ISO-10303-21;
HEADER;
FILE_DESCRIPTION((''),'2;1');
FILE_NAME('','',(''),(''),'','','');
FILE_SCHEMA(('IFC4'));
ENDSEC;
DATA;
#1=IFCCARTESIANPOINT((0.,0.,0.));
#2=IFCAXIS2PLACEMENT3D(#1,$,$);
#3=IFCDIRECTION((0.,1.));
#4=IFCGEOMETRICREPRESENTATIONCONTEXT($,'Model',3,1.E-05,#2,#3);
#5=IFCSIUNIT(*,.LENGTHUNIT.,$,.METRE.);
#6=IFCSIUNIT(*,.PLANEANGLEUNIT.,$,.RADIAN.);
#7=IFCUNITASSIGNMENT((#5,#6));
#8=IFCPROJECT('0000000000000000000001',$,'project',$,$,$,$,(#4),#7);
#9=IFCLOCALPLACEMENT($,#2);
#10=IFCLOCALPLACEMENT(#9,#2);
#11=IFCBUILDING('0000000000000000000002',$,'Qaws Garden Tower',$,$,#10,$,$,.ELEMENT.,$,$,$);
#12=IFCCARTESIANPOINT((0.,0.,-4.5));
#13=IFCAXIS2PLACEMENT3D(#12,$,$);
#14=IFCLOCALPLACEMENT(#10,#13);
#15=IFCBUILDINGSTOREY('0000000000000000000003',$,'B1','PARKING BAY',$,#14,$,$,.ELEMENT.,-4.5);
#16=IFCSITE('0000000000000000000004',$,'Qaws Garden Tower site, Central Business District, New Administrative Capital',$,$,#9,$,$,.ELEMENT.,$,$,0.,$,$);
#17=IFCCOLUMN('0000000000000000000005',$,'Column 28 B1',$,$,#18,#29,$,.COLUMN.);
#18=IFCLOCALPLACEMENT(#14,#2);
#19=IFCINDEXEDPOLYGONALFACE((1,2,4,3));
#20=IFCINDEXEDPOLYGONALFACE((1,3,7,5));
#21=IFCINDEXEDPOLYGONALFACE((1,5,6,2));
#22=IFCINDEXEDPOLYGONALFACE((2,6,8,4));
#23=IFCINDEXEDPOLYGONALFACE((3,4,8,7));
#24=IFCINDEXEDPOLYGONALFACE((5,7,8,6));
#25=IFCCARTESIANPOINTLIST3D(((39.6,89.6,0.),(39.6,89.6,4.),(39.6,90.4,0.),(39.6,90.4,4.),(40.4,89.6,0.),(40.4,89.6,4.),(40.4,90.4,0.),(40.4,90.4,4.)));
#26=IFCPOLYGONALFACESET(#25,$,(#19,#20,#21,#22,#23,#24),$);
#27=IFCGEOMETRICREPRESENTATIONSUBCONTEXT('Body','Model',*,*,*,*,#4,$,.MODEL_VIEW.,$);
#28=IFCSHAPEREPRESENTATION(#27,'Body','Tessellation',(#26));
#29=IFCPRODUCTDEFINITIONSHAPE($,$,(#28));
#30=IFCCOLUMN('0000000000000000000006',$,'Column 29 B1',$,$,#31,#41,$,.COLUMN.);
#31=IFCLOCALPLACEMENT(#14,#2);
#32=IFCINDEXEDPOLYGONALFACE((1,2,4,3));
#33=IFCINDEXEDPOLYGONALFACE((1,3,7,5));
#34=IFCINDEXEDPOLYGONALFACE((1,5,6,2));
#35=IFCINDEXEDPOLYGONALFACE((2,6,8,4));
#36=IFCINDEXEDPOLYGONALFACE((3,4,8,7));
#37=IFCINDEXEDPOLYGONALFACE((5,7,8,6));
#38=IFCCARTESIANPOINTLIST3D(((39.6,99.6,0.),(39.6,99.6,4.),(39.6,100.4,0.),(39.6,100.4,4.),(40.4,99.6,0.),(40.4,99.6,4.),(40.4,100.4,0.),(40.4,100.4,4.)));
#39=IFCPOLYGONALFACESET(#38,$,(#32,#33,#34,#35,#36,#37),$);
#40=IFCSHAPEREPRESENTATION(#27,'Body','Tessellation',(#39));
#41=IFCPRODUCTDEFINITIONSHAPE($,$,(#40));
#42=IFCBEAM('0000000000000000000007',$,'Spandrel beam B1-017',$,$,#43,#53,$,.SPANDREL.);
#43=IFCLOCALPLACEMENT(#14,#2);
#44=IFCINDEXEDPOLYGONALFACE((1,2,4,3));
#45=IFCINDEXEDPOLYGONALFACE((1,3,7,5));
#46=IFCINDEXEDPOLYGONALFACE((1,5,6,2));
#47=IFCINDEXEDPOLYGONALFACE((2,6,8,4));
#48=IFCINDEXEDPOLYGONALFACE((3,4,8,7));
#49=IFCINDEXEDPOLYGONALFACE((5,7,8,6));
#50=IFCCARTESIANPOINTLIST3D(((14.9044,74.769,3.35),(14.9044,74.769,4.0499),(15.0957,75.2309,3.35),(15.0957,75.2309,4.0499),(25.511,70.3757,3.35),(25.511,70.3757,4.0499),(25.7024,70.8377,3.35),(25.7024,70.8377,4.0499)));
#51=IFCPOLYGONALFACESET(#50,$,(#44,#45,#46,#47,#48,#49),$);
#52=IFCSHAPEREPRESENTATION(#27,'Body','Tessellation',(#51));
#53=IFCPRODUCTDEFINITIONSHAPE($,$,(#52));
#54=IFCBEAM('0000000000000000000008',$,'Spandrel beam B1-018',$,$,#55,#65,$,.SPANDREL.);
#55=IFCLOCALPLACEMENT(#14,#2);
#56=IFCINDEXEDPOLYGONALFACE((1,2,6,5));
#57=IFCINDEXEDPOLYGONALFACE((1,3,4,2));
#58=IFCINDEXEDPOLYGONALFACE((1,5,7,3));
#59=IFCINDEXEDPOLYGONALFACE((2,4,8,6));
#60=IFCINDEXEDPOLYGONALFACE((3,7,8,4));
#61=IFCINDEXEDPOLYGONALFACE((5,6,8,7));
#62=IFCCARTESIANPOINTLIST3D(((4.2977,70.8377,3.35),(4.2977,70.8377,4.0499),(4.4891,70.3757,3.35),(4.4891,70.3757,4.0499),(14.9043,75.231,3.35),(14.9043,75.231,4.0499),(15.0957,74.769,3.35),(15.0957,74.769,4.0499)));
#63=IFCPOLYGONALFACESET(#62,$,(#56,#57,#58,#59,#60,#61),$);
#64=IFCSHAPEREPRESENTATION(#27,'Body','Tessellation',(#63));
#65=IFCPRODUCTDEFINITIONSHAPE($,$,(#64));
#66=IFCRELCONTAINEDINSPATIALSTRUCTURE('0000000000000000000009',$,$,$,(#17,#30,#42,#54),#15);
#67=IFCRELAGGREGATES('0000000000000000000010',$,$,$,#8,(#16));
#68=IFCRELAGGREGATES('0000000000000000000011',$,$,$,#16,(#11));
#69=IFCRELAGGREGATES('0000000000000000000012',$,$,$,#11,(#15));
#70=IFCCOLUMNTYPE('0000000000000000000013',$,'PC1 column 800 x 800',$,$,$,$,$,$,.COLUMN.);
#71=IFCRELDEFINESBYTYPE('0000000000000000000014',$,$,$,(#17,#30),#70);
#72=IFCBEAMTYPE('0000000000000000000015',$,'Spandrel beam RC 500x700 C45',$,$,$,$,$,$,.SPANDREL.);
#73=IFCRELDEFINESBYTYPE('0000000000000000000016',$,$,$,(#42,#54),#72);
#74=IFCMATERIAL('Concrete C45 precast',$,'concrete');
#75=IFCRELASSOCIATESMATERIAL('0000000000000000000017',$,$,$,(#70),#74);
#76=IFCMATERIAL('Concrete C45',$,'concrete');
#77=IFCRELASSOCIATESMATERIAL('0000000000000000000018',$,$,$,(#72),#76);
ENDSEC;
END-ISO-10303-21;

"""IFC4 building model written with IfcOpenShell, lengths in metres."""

from ifc_helpers import new_model, si_unit, direction, frame, origin, origin_2d, place, context, subcontext, project, spatial, rectangle, extrude, material, material_profile, profile_set, type_object, element, save


model = new_model("IFC4")

# Units and contexts
model_context = context("Model", 3, precision=1e-05, world=origin(), true_north=direction((0.0, 1.0)))
body_context = subcontext(model_context, "Body", "Model", "MODEL_VIEW")
ifc_project = project(units=[si_unit("LENGTHUNIT", "METRE"), si_unit("PLANEANGLEUNIT", "RADIAN")], contexts=[model_context])

# Site, building, storey
site_placement = place(None, origin())
site = spatial("IfcSite", under=ifc_project, at=site_placement, Name="Qaws Garden Tower site, Central Business District, New Administrative Capital", CompositionType="ELEMENT", RefElevation=0.0)
building_placement = place(site_placement, origin())
building = spatial("IfcBuilding", under=site, at=building_placement, Name="Qaws Garden Tower", CompositionType="ELEMENT")
storey_placement = place(building_placement, frame((0.0, 0.0, -4.5)))
storey = spatial("IfcBuildingStorey", under=building, at=storey_placement, Name="B1", Description="PARKING BAY", CompositionType="ELEMENT", Elevation=-4.5)

# Columns
ifc_material_1 = material(Name="Concrete C45 precast", Category="concrete")
ifc_material_profile_1 = material_profile(ifc_material_1, rectangle(XDim=0.8, YDim=0.8, at=origin_2d()), Name="PC1 column 800 x 800")
ifc_profile_set_1 = profile_set([ifc_material_profile_1], Name="Concrete C45 precast")
column_type_1 = type_object("IfcColumnType", Name="PC1 column 800 x 800", PredefinedType="COLUMN", material=ifc_profile_set_1)
for number, where, z_axis, x_axis, name in (
    (1, (40.0, 90.0, 0.0), (0.0, 0.0, 1.0), (1.0, 0.0, 0.0), "Column 28 B1"),
    (2, (40.0, 100.0, 0.0), (0.0, 0.0, 1.0), (1.0, 0.0, 0.0), "Column 29 B1"),
):
    element("IfcColumn", number, at=place(storey_placement, frame(where, z_axis=z_axis, x_axis=x_axis)), inside=storey, type_object=column_type_1, Name=name, PredefinedType="COLUMN", context=body_context, shape_type="SweptSolid", body=[
        extrude(rectangle(XDim=0.8, YDim=0.8, at=origin_2d()), origin(), (0.0, 0.0, 1.0), 4.0),
    ])

# Beams
ifc_material_2 = material(Name="Concrete C45", Category="concrete")
ifc_material_profile_2 = material_profile(ifc_material_2, rectangle(XDim=0.5, YDim=0.7, at=origin_2d()), Name="RC 500x700")
ifc_profile_set_2 = profile_set([ifc_material_profile_2], Name="Concrete C45")
beam_type = type_object("IfcBeamType", Name="Spandrel beam RC 500x700 C45", PredefinedType="SPANDREL", material=ifc_profile_set_2)
for number, where, z_axis, x_axis, name in (
    (3, (25.6067, 70.6067, 3.7), (-0.923883, 0.382674, 0.0), (-0.382674, -0.923883, 0.0), "Spandrel beam B1-017"),
    (4, (15.0, 75.0, 3.7), (-0.923883, -0.382674, 0.0), (0.382674, -0.923883, 0.0), "Spandrel beam B1-018"),
):
    element("IfcBeam", number, at=place(storey_placement, frame(where, z_axis=z_axis, x_axis=x_axis)), inside=storey, type_object=beam_type, Name=name, PredefinedType="SPANDREL", context=body_context, shape_type="SweptSolid", body=[
        extrude(rectangle(XDim=0.5, YDim=0.7, at=origin_2d()), origin(), (0.0, 0.0, 1.0), 11.4805),
    ])

save(model, "model.ifc")
